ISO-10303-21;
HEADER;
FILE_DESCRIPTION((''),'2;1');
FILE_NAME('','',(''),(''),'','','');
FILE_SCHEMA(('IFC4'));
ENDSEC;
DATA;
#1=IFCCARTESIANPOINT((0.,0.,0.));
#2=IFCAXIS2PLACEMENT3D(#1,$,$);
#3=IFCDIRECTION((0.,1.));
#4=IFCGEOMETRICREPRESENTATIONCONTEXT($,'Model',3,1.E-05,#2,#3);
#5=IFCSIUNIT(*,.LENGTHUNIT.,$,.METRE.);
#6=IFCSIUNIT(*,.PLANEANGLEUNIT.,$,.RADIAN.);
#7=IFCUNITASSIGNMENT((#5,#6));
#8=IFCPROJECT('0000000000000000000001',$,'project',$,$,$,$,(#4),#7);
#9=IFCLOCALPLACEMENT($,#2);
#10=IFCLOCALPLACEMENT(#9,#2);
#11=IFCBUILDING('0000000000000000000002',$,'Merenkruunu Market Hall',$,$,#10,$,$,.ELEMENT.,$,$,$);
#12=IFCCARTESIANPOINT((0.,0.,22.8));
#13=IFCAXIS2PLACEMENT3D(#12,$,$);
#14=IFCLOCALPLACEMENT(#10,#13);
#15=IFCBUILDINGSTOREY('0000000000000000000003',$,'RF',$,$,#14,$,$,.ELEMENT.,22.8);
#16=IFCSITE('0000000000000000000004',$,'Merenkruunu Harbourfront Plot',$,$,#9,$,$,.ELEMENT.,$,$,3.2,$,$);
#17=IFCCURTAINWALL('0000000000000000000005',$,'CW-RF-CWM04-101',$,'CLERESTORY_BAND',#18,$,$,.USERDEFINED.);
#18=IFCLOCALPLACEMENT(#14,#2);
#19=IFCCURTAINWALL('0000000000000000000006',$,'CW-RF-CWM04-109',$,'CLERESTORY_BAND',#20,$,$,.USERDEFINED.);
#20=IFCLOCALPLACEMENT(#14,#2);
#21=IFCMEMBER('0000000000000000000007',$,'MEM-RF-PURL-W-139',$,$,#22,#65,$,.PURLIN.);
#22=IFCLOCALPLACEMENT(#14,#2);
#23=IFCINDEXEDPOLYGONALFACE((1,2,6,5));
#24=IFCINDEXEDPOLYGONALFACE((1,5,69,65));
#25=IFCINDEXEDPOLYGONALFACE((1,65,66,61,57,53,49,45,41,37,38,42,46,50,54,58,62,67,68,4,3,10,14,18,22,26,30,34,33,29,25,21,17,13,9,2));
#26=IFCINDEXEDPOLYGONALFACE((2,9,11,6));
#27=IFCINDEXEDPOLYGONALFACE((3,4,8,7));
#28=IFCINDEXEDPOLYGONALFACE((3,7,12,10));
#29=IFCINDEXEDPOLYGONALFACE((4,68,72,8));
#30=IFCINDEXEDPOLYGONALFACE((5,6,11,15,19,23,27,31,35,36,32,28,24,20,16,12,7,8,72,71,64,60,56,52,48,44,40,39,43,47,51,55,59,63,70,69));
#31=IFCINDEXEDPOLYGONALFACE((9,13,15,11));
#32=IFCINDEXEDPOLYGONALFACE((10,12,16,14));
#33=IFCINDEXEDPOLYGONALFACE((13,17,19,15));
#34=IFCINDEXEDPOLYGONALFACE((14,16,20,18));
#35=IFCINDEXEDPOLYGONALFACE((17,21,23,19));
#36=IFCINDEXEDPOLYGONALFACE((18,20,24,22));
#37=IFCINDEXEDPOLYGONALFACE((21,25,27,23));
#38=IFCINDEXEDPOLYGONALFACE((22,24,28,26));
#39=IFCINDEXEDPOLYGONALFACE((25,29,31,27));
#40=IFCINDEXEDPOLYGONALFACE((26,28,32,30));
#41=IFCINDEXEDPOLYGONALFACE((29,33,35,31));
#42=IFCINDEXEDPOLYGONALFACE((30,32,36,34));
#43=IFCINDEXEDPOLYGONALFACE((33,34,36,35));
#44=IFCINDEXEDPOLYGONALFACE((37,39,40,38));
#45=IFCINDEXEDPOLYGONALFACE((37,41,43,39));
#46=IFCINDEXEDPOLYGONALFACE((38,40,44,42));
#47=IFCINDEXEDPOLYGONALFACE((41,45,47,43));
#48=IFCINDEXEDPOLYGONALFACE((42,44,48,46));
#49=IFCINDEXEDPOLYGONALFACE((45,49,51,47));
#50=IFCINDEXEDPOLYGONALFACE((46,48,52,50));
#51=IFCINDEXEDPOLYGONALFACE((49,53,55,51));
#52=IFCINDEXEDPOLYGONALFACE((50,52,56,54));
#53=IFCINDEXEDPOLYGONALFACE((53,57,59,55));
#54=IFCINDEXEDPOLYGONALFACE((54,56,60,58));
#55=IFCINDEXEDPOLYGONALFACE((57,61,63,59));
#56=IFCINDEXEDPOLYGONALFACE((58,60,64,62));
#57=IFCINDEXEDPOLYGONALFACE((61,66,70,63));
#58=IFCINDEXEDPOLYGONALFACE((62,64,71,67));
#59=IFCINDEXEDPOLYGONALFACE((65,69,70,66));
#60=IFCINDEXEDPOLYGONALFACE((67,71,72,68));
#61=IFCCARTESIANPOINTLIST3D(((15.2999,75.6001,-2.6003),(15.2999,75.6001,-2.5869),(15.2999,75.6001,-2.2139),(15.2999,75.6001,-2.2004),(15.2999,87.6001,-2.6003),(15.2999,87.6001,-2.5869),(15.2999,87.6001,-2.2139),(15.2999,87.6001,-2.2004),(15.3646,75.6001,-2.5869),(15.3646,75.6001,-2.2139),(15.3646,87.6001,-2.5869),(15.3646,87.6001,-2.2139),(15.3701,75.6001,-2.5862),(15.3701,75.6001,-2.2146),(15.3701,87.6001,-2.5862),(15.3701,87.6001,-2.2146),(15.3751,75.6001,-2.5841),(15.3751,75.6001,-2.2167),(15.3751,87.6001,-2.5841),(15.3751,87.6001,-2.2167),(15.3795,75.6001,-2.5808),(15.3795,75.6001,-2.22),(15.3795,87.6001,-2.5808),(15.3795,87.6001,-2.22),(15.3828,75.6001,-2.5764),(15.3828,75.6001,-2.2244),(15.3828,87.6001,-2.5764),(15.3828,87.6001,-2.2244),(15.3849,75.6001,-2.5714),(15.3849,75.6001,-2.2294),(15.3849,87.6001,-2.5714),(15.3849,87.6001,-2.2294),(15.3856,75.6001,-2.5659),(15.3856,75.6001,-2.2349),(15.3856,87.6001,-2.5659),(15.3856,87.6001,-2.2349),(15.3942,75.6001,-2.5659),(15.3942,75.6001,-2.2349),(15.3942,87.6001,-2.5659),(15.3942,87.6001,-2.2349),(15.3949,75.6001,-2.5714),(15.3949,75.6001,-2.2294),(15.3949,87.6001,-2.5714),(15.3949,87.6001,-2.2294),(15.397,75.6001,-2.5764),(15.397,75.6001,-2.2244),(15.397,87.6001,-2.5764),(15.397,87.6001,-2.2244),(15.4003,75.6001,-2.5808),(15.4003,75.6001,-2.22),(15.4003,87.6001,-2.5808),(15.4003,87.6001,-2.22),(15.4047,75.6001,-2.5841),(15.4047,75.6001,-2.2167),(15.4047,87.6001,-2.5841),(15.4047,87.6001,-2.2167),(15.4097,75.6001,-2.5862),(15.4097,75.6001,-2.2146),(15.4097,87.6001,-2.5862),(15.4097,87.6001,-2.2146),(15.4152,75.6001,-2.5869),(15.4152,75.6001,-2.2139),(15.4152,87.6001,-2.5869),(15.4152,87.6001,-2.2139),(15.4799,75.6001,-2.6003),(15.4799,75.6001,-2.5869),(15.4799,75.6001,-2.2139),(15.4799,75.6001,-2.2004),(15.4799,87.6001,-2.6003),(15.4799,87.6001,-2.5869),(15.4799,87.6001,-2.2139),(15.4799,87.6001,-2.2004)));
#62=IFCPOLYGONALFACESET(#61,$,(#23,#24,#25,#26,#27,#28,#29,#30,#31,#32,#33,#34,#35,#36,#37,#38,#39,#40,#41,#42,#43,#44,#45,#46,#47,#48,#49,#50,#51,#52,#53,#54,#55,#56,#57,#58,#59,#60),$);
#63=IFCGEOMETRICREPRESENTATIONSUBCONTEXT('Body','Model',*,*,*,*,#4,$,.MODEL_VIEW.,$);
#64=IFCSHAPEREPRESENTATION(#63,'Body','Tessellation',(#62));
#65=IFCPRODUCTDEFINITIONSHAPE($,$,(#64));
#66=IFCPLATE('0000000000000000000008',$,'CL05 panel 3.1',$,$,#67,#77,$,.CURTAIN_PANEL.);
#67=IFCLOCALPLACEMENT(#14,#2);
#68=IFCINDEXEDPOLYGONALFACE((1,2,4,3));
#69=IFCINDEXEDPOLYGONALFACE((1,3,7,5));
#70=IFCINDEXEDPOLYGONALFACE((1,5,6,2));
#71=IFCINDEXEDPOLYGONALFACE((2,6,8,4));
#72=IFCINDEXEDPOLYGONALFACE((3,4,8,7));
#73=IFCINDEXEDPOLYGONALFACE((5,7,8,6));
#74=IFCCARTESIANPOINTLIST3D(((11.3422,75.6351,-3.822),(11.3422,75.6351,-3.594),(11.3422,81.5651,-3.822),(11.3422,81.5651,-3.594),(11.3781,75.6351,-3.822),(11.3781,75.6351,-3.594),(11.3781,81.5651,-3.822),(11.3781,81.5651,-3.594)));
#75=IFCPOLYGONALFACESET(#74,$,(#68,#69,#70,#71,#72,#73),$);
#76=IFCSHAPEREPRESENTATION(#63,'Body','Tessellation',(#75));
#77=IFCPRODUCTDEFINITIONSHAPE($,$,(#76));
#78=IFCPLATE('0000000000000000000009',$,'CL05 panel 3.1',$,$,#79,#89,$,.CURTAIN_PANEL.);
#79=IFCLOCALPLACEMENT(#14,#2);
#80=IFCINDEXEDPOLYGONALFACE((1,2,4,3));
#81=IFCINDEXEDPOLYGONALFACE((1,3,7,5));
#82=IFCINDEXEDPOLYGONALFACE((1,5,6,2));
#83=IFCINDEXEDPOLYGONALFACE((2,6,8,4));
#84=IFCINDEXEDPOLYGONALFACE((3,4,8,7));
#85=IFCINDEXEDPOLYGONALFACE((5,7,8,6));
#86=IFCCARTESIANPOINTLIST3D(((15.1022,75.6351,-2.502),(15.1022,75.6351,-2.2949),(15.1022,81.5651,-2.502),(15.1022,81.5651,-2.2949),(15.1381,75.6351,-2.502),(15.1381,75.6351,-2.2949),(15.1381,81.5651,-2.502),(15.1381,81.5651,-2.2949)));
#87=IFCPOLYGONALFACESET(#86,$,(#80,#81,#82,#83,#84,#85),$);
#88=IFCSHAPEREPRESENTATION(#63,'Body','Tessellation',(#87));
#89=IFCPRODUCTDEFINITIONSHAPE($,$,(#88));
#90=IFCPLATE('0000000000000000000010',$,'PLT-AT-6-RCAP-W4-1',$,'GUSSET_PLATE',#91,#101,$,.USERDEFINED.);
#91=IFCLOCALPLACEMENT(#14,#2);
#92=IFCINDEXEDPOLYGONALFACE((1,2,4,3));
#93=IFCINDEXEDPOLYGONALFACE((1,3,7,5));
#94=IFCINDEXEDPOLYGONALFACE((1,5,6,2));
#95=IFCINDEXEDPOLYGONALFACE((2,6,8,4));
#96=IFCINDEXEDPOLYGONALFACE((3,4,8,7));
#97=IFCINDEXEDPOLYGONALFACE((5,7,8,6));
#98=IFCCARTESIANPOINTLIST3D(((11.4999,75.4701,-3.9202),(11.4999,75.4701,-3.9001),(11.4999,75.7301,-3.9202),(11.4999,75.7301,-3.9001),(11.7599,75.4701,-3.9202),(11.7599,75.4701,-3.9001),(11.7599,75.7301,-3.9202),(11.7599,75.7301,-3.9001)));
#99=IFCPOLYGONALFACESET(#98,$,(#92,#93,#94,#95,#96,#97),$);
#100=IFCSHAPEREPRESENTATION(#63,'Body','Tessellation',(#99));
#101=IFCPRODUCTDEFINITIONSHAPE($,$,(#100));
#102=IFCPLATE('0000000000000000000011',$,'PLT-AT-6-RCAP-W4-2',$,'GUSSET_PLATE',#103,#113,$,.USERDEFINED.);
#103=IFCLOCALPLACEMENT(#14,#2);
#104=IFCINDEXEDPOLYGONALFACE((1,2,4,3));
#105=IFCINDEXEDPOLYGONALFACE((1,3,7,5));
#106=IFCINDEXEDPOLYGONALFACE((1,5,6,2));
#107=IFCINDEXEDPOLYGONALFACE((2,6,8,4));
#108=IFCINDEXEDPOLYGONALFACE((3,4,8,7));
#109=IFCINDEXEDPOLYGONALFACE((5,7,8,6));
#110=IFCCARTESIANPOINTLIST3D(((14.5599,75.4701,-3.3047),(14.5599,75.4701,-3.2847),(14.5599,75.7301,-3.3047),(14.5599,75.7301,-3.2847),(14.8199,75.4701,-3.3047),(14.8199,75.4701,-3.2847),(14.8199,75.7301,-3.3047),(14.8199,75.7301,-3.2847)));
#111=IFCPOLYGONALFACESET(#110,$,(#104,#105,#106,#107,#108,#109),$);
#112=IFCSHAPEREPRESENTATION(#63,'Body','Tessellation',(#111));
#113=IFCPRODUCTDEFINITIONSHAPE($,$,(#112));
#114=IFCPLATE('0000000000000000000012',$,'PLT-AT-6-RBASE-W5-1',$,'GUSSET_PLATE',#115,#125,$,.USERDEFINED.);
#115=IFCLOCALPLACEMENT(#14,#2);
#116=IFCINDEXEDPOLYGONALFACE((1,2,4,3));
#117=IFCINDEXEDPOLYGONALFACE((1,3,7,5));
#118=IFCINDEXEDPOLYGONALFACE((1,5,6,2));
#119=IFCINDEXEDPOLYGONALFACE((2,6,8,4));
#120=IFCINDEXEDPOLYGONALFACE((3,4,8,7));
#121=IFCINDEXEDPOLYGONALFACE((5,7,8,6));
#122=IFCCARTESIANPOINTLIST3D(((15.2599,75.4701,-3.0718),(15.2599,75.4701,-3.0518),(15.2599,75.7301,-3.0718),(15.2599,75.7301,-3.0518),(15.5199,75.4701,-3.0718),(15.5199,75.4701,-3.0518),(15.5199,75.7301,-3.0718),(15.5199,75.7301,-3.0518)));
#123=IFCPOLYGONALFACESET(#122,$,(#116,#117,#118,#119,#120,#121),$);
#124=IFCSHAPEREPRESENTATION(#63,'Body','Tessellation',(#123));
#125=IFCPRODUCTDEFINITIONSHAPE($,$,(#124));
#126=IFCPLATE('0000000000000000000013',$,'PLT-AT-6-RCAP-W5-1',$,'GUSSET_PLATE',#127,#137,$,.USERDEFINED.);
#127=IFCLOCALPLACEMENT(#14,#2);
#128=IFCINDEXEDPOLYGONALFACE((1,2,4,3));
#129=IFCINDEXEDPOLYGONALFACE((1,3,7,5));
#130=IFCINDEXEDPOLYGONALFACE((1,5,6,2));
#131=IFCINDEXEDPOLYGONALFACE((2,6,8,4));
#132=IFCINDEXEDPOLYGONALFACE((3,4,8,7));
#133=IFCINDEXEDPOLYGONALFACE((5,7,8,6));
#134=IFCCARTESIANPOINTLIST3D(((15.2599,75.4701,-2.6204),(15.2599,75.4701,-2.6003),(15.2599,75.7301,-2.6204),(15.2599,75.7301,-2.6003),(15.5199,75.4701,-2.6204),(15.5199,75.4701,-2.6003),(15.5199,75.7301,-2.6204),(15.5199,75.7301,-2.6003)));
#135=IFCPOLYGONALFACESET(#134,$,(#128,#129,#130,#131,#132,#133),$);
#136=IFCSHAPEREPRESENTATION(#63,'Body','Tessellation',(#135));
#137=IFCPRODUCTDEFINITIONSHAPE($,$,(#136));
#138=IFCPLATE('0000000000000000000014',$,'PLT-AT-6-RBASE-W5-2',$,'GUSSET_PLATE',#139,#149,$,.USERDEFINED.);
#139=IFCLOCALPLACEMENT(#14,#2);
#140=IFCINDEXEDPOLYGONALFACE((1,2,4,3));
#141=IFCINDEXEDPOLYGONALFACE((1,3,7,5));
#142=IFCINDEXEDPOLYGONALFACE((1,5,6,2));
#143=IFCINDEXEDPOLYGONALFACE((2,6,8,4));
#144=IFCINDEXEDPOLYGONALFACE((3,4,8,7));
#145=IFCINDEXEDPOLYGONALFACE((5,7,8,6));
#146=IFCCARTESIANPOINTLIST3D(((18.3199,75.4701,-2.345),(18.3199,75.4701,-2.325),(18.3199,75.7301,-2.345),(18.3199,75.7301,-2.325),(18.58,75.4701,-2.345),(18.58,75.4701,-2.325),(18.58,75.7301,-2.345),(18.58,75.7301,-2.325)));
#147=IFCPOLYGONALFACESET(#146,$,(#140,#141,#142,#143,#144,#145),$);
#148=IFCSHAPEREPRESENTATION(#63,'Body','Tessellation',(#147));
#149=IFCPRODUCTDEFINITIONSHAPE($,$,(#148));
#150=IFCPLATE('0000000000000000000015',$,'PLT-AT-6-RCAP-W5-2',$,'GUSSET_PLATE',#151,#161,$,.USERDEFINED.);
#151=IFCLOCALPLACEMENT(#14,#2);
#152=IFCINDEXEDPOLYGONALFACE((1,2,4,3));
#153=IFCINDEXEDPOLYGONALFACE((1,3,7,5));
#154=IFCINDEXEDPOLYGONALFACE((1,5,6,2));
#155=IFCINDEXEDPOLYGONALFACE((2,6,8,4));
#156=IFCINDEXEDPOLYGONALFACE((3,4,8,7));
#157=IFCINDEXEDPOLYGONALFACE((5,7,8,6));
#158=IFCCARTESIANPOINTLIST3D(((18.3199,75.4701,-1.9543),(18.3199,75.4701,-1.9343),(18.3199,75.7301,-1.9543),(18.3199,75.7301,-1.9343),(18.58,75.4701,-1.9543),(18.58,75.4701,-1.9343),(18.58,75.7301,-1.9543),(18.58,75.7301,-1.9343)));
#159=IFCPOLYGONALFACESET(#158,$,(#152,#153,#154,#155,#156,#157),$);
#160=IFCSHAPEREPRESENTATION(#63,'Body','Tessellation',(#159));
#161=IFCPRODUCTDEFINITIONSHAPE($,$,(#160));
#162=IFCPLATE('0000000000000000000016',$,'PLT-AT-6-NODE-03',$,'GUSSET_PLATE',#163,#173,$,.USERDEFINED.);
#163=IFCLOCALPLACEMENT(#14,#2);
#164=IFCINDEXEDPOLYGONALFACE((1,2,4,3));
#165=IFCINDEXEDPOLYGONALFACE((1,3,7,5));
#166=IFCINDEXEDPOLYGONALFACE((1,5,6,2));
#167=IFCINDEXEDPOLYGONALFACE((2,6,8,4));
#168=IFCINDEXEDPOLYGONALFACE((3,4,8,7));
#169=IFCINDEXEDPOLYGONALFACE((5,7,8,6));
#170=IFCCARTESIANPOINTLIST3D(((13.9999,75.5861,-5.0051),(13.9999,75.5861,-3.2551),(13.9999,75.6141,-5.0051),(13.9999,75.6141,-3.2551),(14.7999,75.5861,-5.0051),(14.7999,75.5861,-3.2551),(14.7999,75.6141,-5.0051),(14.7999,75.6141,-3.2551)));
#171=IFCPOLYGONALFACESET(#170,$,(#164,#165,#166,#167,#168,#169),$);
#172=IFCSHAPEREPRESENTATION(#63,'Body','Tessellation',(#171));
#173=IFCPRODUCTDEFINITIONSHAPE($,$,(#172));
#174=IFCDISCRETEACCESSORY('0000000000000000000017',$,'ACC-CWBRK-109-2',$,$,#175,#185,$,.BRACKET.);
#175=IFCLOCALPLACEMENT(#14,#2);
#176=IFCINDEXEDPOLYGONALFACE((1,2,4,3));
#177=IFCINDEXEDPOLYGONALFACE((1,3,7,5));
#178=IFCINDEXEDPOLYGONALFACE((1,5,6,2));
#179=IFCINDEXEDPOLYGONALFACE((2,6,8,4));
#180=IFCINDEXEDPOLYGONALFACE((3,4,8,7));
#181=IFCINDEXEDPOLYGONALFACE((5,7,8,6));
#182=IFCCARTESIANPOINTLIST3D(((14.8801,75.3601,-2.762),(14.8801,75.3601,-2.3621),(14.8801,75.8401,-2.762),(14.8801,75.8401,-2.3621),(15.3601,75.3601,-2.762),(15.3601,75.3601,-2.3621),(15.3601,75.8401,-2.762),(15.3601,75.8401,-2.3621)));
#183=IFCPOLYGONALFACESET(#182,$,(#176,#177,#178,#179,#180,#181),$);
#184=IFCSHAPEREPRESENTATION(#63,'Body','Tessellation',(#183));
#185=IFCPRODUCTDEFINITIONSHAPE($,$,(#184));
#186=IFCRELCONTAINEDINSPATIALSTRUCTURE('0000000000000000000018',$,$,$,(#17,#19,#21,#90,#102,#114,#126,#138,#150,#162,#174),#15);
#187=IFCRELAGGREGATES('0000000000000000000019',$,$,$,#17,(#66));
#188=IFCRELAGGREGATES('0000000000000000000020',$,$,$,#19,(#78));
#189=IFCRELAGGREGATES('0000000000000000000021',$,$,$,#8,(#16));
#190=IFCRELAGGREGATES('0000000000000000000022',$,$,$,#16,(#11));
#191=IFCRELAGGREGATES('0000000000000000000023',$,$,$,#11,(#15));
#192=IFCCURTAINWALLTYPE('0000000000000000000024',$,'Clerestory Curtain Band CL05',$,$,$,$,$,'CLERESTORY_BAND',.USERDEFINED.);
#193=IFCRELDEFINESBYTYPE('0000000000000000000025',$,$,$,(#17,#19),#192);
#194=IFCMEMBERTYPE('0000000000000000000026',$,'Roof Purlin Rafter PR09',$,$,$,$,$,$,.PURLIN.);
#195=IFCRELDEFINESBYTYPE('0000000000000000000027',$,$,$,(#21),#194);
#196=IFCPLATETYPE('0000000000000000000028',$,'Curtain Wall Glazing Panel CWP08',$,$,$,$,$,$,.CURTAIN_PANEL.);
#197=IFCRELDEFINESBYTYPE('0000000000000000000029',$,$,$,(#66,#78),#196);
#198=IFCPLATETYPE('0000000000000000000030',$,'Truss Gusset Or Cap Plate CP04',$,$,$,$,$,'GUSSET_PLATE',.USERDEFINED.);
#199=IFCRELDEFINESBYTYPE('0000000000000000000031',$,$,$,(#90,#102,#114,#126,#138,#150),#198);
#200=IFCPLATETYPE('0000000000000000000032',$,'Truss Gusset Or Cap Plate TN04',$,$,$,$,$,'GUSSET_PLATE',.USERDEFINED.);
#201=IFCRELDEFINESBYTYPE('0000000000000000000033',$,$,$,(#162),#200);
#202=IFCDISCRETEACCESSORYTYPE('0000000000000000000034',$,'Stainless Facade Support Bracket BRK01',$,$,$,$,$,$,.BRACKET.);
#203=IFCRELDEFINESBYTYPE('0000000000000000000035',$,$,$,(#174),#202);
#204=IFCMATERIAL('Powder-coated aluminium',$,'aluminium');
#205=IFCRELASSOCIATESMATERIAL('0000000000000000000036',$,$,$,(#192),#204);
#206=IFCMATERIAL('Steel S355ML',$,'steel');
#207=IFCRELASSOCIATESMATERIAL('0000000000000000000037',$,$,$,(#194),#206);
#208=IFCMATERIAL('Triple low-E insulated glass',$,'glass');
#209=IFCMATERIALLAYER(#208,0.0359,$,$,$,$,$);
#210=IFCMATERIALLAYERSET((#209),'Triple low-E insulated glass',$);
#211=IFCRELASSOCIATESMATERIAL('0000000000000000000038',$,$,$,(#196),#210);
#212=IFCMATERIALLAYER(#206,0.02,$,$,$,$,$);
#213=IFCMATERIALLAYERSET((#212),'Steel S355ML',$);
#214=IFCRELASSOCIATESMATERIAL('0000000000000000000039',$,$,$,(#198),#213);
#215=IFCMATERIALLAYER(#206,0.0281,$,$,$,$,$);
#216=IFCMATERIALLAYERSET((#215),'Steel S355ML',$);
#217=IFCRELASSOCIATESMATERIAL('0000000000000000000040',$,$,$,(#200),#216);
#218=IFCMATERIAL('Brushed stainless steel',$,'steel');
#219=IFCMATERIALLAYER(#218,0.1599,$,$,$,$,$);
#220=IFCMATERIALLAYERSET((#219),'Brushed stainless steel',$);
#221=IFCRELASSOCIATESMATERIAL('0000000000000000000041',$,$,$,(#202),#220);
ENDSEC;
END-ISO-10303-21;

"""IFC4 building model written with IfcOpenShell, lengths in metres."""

from ifc_helpers import new_model, si_unit, direction, frame, origin, origin_2d, place, context, subcontext, project, spatial, rectangle, i_section, extrude, material, layer, layer_set, material_profile, profile_set, type_object, element, aggregate, save


model = new_model("IFC4")

# Units and contexts
model_context = context("Model", 3, precision=1e-05, world=origin(), true_north=direction((0.0, 1.0)))
body_context = subcontext(model_context, "Body", "Model", "MODEL_VIEW")
ifc_project = project(units=[si_unit("LENGTHUNIT", "METRE"), si_unit("PLANEANGLEUNIT", "RADIAN")], contexts=[model_context])

# Site, building, storey
site_placement = place(None, origin())
site = spatial("IfcSite", under=ifc_project, at=site_placement, Name="Merenkruunu Harbourfront Plot", CompositionType="ELEMENT", RefElevation=3.2)
building_placement = place(site_placement, origin())
building = spatial("IfcBuilding", under=site, at=building_placement, Name="Merenkruunu Market Hall", CompositionType="ELEMENT")
storey_placement = place(building_placement, frame((0.0, 0.0, 22.8)))
storey = spatial("IfcBuildingStorey", under=building, at=storey_placement, Name="RF", CompositionType="ELEMENT", Elevation=22.8)

# Shared definitions
ifc_material_1 = material(Name="Steel S355ML", Category="steel")

# Curtain wall
ifc_material_2 = material(Name="Powder-coated aluminium", Category="aluminium")
curtain_wall_type = type_object("IfcCurtainWallType", Name="Clerestory Curtain Band CL05", ElementType="CLERESTORY_BAND", PredefinedType="USERDEFINED", material=ifc_material_2)
curtain_wall_1_placement = place(storey_placement, origin())
curtain_wall_1 = element("IfcCurtainWall", 1, at=curtain_wall_1_placement, inside=storey, type_object=curtain_wall_type, Name="CW-RF-CWM04-101", ObjectType="CLERESTORY_BAND", PredefinedType="USERDEFINED")

# Curtain wall
curtain_wall_2_placement = place(storey_placement, origin())
curtain_wall_2 = element("IfcCurtainWall", 2, at=curtain_wall_2_placement, inside=storey, type_object=curtain_wall_type, Name="CW-RF-CWM04-109", ObjectType="CLERESTORY_BAND", PredefinedType="USERDEFINED")

# Member
ifc_material_profile_1 = material_profile(ifc_material_1, i_section(OverallWidth=0.1799, OverallDepth=0.3999, WebThickness=0.0085, FlangeThickness=0.0134, FilletRadius=0.021, at=origin_2d()), Name="IPE 400")
ifc_profile_set_1 = profile_set([ifc_material_profile_1], Name="Steel S355ML")
member_type_1 = type_object("IfcMemberType", Name="Roof Purlin Rafter PR09", PredefinedType="PURLIN", material=ifc_profile_set_1)
for number, where, z_axis, x_axis, name in (
    (3, (15.3899, 75.6001, -2.4004), (0.0, 1.0, 0.0), (-1.0, 0.0, 0.0), "MEM-RF-PURL-W-139"),
):
    element("IfcMember", number, at=place(storey_placement, frame(where, z_axis=z_axis, x_axis=x_axis)), inside=storey, type_object=member_type_1, Name=name, PredefinedType="PURLIN", context=body_context, shape_type="SweptSolid", body=[
        extrude(i_section(OverallWidth=0.1799, OverallDepth=0.3999, WebThickness=0.0085, FlangeThickness=0.0134, FilletRadius=0.021, at=origin_2d()), origin(), (0.0, 0.0, 1.0), 12.0),
    ])

# Plates
ifc_material_3 = material(Name="Triple low-E insulated glass", Category="glass")
ifc_layer_1 = layer(ifc_material_3, 0.0359)
ifc_layer_set_1 = layer_set([ifc_layer_1], Name="Triple low-E insulated glass")
plate_type_1 = type_object("IfcPlateType", Name="Curtain Wall Glazing Panel CWP08", PredefinedType="CURTAIN_PANEL", material=ifc_layer_set_1)
plate_1_placement = place(storey_placement, frame((11.3601, 78.6001, -3.822), z_axis=(0.0, 0.0, 1.0), x_axis=(0.0, 1.0, 0.0)))
plate_1 = element("IfcPlate", 4, at=plate_1_placement, type_object=plate_type_1, Name="CL05 panel 3.1", PredefinedType="CURTAIN_PANEL", context=body_context, shape_type="SweptSolid", body=[
    extrude(rectangle(XDim=5.9299, YDim=0.0359, at=origin_2d()), origin(), (0.0, 0.0, 1.0), 0.228),
])
aggregate(curtain_wall_1, [plate_1])
plate_2_placement = place(storey_placement, frame((15.1201, 78.6001, -2.502), z_axis=(0.0, 0.0, 1.0), x_axis=(0.0, 1.0, 0.0)))
plate_2 = element("IfcPlate", 5, at=plate_2_placement, type_object=plate_type_1, Name="CL05 panel 3.1", PredefinedType="CURTAIN_PANEL", context=body_context, shape_type="SweptSolid", body=[
    extrude(rectangle(XDim=5.9299, YDim=0.0359, at=origin_2d()), origin(), (0.0, 0.0, 1.0), 0.207),
])
aggregate(curtain_wall_2, [plate_2])

# Plates
ifc_layer_2 = layer(ifc_material_1, 0.02)
ifc_layer_set_2 = layer_set([ifc_layer_2], Name="Steel S355ML")
plate_type_2 = type_object("IfcPlateType", Name="Truss Gusset Or Cap Plate CP04", ElementType="GUSSET_PLATE", PredefinedType="USERDEFINED", material=ifc_layer_set_2)
for number, where, z_axis, x_axis, name in (
    (6, (11.6299, 75.6001, -3.9202), (0.0, 0.0, 1.0), (1.0, 0.0, 0.0), "PLT-AT-6-RCAP-W4-1"),
    (7, (14.6899, 75.6001, -3.3047), (0.0, 0.0, 1.0), (1.0, 0.0, 0.0), "PLT-AT-6-RCAP-W4-2"),
    (8, (15.3899, 75.6001, -3.0718), (0.0, 0.0, 1.0), (1.0, 0.0, 0.0), "PLT-AT-6-RBASE-W5-1"),
    (9, (15.3899, 75.6001, -2.6204), (0.0, 0.0, 1.0), (1.0, 0.0, 0.0), "PLT-AT-6-RCAP-W5-1"),
    (10, (18.45, 75.6001, -2.345), (0.0, 0.0, 1.0), (1.0, 0.0, 0.0), "PLT-AT-6-RBASE-W5-2"),
    (11, (18.45, 75.6001, -1.9543), (0.0, 0.0, 1.0), (1.0, 0.0, 0.0), "PLT-AT-6-RCAP-W5-2"),
):
    element("IfcPlate", number, at=place(storey_placement, frame(where, z_axis=z_axis, x_axis=x_axis)), inside=storey, type_object=plate_type_2, Name=name, ObjectType="GUSSET_PLATE", PredefinedType="USERDEFINED", context=body_context, shape_type="SweptSolid", body=[
        extrude(rectangle(XDim=0.26, YDim=0.26, at=origin_2d()), origin(), (0.0, 0.0, 1.0), 0.02),
    ])
ifc_layer_3 = layer(ifc_material_1, 0.0281)
ifc_layer_set_3 = layer_set([ifc_layer_3], Name="Steel S355ML")
plate_type_3 = type_object("IfcPlateType", Name="Truss Gusset Or Cap Plate TN04", ElementType="GUSSET_PLATE", PredefinedType="USERDEFINED", material=ifc_layer_set_3)
plate_3_placement = place(storey_placement, frame((14.3999, 75.6001, -5.0051), z_axis=(0.0, 0.0, 1.0), x_axis=(1.0, 0.0, 0.0)))
element("IfcPlate", 12, at=plate_3_placement, inside=storey, type_object=plate_type_3, Name="PLT-AT-6-NODE-03", ObjectType="GUSSET_PLATE", PredefinedType="USERDEFINED", context=body_context, shape_type="SweptSolid", body=[
    extrude(rectangle(XDim=0.8, YDim=0.0281, at=origin_2d()), origin(), (0.0, 0.0, 1.0), 1.75),
])

# Discrete accessory
ifc_material_4 = material(Name="Brushed stainless steel", Category="steel")
ifc_layer_4 = layer(ifc_material_4, 0.1599)
ifc_layer_set_4 = layer_set([ifc_layer_4], Name="Brushed stainless steel")
discrete_accessory_type = type_object("IfcDiscreteAccessoryType", Name="Stainless Facade Support Bracket BRK01", PredefinedType="BRACKET", material=ifc_layer_set_4)
discrete_accessory_placement = place(storey_placement, frame((15.1201, 75.6001, -2.762), z_axis=(0.0, 0.0, 1.0), x_axis=(1.0, 0.0, 0.0)))
element("IfcDiscreteAccessory", 13, at=discrete_accessory_placement, inside=storey, type_object=discrete_accessory_type, Name="ACC-CWBRK-109-2", PredefinedType="BRACKET", context=body_context, shape_type="SweptSolid", body=[
    extrude(rectangle(XDim=0.48, YDim=0.48, at=origin_2d()), origin(), (0.0, 0.0, 1.0), 0.3999),
])

save(model, "model.ifc")
